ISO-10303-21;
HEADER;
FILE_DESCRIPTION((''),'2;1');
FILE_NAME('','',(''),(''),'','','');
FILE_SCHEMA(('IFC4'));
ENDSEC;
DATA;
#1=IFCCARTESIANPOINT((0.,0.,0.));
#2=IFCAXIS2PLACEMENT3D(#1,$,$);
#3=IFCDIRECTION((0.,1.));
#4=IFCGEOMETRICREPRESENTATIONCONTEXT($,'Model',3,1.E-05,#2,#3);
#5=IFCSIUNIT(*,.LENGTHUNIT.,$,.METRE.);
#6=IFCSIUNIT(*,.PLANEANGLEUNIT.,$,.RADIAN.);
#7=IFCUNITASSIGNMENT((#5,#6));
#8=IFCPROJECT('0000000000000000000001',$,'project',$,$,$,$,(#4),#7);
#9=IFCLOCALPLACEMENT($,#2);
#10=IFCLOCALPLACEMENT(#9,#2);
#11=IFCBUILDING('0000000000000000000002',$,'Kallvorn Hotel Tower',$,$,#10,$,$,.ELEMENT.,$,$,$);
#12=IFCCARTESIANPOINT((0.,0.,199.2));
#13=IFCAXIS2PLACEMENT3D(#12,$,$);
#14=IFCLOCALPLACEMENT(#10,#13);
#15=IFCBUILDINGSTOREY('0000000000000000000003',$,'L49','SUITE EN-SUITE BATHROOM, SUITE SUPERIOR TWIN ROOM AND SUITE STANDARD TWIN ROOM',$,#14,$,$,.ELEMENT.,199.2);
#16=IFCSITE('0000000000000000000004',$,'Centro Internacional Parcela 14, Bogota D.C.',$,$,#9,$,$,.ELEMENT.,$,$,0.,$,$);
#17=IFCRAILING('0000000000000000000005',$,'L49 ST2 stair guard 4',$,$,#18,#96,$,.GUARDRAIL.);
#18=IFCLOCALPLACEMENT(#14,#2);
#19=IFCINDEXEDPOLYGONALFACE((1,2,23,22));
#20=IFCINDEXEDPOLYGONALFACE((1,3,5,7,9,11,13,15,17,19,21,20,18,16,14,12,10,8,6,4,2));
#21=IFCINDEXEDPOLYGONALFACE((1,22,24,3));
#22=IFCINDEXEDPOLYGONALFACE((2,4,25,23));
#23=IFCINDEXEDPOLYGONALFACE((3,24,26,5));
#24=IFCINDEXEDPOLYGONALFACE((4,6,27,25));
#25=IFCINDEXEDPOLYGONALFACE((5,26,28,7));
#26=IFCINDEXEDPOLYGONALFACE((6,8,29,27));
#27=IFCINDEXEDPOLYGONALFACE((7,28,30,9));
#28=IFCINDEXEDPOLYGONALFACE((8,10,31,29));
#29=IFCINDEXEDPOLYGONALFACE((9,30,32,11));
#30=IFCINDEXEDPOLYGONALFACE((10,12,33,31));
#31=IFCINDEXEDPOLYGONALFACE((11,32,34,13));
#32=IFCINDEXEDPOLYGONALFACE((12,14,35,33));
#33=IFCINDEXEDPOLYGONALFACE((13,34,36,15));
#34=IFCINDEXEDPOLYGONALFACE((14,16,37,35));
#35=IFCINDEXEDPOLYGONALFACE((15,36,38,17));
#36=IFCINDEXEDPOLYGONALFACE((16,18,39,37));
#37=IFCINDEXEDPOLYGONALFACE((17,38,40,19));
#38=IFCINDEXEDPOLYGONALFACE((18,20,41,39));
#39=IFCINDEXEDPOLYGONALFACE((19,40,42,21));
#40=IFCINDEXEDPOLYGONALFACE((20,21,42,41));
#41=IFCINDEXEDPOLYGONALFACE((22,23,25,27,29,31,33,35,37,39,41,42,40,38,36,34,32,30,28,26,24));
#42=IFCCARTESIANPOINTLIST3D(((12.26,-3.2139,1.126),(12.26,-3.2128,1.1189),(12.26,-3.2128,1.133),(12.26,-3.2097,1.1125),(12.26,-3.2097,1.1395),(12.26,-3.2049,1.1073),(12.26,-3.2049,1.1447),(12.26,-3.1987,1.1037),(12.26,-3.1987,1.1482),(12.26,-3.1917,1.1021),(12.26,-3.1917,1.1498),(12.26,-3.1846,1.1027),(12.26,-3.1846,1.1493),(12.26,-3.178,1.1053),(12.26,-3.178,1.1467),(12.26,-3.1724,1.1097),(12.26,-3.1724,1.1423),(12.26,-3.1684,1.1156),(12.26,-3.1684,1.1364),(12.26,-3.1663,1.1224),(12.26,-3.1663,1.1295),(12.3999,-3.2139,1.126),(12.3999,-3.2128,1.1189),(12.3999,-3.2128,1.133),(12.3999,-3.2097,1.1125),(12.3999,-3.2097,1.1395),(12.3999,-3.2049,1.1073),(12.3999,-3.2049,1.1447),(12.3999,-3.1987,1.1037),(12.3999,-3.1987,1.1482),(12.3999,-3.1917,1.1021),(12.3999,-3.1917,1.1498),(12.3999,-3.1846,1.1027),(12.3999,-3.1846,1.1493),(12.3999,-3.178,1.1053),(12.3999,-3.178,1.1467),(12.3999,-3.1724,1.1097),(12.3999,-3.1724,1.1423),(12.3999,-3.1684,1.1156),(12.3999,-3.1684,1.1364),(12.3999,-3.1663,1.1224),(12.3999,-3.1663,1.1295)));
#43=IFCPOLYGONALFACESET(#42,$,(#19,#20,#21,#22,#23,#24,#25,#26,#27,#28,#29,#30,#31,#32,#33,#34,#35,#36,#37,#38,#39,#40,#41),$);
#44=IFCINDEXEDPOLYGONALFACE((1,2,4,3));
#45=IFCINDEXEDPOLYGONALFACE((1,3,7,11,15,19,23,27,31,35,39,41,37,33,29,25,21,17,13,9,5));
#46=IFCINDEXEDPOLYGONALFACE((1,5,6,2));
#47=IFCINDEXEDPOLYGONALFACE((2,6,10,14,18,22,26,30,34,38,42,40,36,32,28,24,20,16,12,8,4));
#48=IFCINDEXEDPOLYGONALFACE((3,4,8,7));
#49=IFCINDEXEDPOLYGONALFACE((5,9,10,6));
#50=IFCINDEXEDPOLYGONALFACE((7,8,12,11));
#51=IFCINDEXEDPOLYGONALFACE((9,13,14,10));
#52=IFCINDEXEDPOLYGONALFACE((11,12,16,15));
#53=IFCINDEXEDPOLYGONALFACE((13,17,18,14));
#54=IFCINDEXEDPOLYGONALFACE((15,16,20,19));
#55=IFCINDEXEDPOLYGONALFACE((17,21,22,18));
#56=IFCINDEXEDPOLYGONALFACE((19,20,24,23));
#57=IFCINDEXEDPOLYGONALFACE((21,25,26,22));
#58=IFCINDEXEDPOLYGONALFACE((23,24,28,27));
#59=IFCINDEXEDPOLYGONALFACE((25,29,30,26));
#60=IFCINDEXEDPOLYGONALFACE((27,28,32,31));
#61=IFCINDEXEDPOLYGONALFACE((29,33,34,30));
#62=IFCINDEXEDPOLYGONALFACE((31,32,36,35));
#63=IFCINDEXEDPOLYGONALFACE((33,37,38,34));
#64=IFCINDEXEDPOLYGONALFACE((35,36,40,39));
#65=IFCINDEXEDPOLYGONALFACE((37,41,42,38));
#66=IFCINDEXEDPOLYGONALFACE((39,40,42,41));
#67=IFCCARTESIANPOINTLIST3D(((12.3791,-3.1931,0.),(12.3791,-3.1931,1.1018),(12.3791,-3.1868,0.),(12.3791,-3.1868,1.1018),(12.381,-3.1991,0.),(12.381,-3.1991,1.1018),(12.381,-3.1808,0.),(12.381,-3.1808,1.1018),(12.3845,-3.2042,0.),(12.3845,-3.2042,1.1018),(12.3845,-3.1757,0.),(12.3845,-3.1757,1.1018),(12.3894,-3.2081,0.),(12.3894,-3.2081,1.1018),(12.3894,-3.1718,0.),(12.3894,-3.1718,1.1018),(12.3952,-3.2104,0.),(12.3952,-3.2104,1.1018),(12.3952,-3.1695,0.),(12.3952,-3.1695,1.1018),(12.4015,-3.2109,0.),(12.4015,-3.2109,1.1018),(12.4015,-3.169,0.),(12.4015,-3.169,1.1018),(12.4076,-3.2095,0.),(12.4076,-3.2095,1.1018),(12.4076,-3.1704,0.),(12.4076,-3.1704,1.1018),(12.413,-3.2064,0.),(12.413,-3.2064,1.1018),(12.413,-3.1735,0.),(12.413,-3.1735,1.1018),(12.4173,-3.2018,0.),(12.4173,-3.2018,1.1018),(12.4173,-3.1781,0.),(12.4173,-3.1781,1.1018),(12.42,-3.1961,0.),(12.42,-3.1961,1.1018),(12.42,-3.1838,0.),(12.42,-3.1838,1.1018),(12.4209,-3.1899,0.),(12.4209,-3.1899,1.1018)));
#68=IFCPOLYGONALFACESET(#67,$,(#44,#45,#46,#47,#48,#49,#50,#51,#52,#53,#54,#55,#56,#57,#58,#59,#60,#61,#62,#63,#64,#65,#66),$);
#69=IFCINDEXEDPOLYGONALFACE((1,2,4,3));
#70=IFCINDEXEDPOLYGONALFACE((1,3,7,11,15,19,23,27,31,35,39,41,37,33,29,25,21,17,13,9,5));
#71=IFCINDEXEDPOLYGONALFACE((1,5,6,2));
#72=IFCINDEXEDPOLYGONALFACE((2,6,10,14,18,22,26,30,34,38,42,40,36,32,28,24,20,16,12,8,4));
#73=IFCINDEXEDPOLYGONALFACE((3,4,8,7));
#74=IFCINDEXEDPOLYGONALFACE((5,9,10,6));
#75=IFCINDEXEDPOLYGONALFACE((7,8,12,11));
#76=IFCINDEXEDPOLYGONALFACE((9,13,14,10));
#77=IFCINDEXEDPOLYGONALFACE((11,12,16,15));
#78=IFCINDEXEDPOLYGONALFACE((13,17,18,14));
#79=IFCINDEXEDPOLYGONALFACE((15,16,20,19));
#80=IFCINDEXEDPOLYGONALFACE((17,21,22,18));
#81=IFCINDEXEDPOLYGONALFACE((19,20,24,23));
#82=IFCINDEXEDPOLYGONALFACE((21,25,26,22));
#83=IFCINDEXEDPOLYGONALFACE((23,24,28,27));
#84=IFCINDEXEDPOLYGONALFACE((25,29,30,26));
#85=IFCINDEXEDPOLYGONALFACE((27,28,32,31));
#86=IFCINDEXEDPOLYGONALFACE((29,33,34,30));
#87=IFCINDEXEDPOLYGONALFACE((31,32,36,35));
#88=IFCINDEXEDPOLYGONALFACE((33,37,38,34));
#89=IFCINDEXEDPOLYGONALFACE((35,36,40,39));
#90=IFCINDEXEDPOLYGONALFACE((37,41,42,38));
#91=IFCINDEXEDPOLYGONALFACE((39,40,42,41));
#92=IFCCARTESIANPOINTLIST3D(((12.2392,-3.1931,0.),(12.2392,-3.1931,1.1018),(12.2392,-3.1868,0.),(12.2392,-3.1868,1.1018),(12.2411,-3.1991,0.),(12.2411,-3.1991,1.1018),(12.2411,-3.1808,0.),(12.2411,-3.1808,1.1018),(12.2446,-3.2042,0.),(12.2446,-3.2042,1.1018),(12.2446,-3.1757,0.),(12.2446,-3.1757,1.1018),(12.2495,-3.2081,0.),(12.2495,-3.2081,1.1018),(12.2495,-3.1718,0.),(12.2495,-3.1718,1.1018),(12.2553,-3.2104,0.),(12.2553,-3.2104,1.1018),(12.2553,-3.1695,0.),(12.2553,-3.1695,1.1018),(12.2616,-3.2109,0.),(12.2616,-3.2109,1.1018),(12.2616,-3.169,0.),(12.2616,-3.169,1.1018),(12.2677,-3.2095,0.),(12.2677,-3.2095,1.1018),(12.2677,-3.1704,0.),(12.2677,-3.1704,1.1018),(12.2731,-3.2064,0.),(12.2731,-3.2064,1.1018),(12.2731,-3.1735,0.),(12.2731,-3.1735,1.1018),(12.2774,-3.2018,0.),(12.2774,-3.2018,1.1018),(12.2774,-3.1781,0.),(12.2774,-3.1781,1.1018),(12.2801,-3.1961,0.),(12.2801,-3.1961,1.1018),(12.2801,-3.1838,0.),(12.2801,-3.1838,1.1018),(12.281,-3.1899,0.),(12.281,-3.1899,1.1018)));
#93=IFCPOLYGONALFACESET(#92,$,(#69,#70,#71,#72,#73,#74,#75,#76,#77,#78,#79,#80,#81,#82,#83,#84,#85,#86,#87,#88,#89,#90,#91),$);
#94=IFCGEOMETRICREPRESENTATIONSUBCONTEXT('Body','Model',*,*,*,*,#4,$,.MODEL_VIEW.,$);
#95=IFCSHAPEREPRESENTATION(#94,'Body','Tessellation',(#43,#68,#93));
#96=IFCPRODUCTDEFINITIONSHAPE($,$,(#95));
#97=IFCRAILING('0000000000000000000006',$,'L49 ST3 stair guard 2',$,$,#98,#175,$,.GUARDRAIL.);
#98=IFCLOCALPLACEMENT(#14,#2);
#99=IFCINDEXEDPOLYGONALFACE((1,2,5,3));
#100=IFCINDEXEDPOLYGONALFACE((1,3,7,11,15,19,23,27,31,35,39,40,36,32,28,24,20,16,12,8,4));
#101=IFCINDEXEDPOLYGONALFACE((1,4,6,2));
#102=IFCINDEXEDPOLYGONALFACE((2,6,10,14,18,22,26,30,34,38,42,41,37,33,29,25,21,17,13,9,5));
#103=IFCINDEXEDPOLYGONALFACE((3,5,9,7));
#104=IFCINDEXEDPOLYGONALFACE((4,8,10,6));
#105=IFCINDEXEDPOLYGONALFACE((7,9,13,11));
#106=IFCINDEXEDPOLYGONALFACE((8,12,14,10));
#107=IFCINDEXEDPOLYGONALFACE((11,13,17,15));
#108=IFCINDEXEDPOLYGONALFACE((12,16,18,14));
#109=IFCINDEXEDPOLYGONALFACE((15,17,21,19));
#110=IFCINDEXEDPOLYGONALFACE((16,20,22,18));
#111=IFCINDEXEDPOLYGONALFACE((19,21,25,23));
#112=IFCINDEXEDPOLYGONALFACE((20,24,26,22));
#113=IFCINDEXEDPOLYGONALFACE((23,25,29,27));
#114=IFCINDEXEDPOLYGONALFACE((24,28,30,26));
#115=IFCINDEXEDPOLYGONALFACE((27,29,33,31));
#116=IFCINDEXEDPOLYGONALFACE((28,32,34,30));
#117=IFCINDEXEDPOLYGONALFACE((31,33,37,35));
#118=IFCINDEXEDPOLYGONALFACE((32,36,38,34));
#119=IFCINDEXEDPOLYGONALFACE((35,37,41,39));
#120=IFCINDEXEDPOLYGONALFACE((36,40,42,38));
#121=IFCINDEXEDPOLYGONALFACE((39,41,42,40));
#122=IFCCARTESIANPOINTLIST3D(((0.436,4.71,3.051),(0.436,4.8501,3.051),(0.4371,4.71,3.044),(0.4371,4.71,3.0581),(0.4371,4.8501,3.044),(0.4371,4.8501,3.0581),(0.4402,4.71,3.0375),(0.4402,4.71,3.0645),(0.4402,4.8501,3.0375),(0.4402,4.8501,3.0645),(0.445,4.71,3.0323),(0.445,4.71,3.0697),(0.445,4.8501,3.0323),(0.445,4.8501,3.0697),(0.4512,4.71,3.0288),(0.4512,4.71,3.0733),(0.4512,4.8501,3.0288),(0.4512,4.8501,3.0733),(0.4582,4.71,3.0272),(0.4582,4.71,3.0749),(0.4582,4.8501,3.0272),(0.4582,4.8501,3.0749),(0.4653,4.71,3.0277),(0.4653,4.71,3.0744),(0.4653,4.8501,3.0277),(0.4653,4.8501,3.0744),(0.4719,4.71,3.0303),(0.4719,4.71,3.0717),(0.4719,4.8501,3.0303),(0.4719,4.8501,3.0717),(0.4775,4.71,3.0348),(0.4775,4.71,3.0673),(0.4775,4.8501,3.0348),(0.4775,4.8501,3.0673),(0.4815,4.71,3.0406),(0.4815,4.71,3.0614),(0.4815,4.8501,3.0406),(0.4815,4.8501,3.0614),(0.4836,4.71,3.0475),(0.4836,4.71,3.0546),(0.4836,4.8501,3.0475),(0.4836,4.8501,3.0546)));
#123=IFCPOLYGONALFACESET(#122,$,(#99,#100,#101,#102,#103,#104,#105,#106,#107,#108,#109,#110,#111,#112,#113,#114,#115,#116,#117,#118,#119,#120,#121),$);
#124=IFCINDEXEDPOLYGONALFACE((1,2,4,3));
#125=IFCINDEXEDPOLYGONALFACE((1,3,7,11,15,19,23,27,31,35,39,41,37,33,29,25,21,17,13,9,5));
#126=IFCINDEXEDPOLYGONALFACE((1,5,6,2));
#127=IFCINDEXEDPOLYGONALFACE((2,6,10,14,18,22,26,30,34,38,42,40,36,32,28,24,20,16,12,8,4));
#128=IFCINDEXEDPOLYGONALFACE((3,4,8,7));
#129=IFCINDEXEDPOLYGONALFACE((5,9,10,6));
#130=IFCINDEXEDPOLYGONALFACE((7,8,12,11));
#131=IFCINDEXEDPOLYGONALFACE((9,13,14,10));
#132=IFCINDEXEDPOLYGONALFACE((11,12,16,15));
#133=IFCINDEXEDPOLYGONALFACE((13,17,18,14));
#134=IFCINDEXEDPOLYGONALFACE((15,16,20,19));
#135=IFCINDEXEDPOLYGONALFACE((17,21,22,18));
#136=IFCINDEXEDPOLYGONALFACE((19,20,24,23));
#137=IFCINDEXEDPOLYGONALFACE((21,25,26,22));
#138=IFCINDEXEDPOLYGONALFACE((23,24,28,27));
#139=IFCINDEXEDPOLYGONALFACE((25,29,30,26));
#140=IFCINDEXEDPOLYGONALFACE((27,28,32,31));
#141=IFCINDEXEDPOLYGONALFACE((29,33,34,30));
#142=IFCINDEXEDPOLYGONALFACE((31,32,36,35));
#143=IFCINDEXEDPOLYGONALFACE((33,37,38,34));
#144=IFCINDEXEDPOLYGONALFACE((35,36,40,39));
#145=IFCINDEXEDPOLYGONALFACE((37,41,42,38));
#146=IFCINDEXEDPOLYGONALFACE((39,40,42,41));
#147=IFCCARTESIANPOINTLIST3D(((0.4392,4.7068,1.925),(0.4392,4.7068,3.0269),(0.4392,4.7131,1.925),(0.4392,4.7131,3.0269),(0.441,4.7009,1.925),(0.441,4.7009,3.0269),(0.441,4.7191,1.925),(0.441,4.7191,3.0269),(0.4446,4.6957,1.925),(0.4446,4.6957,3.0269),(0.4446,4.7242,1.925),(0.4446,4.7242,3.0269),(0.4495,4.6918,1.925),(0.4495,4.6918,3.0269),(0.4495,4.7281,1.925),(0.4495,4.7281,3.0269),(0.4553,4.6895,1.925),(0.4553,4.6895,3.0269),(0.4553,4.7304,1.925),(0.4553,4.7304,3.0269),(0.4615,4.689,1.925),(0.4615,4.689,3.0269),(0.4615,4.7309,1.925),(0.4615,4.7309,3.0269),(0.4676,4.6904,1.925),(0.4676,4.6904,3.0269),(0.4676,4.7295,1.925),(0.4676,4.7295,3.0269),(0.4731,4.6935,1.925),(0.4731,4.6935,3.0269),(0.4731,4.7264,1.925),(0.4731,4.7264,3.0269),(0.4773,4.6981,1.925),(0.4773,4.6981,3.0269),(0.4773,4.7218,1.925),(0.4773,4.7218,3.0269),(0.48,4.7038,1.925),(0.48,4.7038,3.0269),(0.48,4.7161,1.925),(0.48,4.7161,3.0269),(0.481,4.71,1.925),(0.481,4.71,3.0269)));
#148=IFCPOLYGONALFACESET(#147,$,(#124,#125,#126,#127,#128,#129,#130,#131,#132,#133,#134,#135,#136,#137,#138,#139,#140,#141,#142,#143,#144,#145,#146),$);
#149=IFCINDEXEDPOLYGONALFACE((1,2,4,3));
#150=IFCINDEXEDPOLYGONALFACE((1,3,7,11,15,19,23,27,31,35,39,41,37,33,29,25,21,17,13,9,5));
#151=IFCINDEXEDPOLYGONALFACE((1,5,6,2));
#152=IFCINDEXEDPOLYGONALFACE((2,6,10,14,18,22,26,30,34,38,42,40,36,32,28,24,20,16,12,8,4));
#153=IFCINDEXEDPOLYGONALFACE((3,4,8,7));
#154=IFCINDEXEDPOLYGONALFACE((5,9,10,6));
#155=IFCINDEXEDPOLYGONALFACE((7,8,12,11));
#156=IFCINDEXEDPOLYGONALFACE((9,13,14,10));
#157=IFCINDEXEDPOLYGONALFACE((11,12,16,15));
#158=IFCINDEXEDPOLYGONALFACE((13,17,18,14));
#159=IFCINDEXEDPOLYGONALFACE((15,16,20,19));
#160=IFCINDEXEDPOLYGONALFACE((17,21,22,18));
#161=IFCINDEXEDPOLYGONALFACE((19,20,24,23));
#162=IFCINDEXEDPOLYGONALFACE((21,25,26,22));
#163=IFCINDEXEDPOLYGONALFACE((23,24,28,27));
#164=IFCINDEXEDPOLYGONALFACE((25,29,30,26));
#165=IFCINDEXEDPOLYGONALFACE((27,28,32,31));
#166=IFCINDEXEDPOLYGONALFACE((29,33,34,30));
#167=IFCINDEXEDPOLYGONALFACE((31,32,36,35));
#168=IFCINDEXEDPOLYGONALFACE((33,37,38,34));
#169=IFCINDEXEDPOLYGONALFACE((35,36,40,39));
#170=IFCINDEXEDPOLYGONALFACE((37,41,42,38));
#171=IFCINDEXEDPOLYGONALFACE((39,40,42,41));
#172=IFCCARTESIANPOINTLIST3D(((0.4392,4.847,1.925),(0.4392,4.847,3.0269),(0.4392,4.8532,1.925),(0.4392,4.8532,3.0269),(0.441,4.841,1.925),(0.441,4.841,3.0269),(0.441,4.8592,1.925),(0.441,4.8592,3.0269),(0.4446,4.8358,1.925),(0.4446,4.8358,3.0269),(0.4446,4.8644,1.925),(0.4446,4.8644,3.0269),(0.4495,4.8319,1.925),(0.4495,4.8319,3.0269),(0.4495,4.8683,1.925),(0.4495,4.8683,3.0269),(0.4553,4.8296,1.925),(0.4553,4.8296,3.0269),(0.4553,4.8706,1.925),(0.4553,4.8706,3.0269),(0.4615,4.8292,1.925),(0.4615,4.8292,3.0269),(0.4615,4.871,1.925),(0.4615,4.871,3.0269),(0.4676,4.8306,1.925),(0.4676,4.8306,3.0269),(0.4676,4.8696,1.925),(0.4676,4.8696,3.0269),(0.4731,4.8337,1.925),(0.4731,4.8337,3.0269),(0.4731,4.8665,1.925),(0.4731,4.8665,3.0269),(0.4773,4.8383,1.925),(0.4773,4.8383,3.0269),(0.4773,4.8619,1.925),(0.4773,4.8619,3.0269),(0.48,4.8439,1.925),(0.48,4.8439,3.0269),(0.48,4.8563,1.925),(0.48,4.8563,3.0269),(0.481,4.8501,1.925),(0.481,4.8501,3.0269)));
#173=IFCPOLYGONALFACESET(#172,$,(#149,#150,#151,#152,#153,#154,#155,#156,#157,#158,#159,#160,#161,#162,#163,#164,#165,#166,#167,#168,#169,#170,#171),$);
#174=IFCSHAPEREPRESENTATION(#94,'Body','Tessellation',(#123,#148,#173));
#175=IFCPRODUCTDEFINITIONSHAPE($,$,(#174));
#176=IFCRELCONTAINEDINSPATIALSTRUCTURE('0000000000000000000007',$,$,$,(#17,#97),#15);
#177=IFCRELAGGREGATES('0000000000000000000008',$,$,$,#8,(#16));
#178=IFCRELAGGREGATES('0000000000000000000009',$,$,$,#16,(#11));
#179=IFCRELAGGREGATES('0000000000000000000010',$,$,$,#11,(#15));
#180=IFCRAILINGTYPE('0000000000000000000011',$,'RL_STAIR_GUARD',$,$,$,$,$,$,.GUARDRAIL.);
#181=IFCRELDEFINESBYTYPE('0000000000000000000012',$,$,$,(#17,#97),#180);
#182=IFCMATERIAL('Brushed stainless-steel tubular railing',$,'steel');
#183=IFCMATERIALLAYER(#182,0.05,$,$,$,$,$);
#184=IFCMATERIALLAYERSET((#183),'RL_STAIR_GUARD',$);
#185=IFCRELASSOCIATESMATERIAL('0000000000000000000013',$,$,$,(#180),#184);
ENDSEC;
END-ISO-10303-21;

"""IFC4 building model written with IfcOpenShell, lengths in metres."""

from ifc_helpers import new_model, si_unit, direction, frame, origin, origin_2d, place, context, subcontext, project, spatial, circle, extrude, material, layer, layer_set, type_object, element, save


model = new_model("IFC4")

# Units and contexts
model_context = context("Model", 3, precision=1e-05, world=origin(), true_north=direction((0.0, 1.0)))
body_context = subcontext(model_context, "Body", "Model", "MODEL_VIEW")
ifc_project = project(units=[si_unit("LENGTHUNIT", "METRE"), si_unit("PLANEANGLEUNIT", "RADIAN")], contexts=[model_context])

# Site, building, storey
site_placement = place(None, origin())
site = spatial("IfcSite", under=ifc_project, at=site_placement, Name="Centro Internacional Parcela 14, Bogota D.C.", CompositionType="ELEMENT", RefElevation=0.0)
building_placement = place(site_placement, origin())
building = spatial("IfcBuilding", under=site, at=building_placement, Name="Kallvorn Hotel Tower", CompositionType="ELEMENT")
storey_placement = place(building_placement, frame((0.0, 0.0, 199.2)))
storey = spatial("IfcBuildingStorey", under=building, at=storey_placement, Name="L49", Description="SUITE EN-SUITE BATHROOM, SUITE SUPERIOR TWIN ROOM AND SUITE STANDARD TWIN ROOM", CompositionType="ELEMENT", Elevation=199.2)

# Railings
ifc_material_1 = material(Name="Brushed stainless-steel tubular railing", Category="steel")
ifc_layer_1 = layer(ifc_material_1, 0.05)
ifc_layer_set_1 = layer_set([ifc_layer_1], Name="RL_STAIR_GUARD")
railing_type_1 = type_object("IfcRailingType", Name="RL_STAIR_GUARD", PredefinedType="GUARDRAIL", material=ifc_layer_set_1)
railing_1_placement = place(storey_placement, frame((12.3999, -3.1899, 0.0)))
element("IfcRailing", 1, at=railing_1_placement, inside=storey, type_object=railing_type_1, Name="L49 ST2 stair guard 4", PredefinedType="GUARDRAIL", context=body_context, shape_type="SweptSolid", body=[
    extrude(circle(Radius=0.0239, at=origin_2d()), frame((0.0, 0.0, 1.126), z_axis=(-1.0, 0.0, 0.0), x_axis=(0.0, -1.0, 0.0)), (0.0, 0.0, 1.0), 0.1399),
    extrude(circle(Radius=0.021, at=origin_2d()), origin(), (0.0, 0.0, 1.0), 1.1018),
    extrude(circle(Radius=0.021, at=origin_2d()), frame((-0.1399, 0.0, 0.0)), (0.0, 0.0, 1.0), 1.1018),
])
railing_2_placement = place(storey_placement, frame((0.46, 4.71, 1.925)))
element("IfcRailing", 2, at=railing_2_placement, inside=storey, type_object=railing_type_1, Name="L49 ST3 stair guard 2", PredefinedType="GUARDRAIL", context=body_context, shape_type="SweptSolid", body=[
    extrude(circle(Radius=0.0239, at=origin_2d()), frame((0.0, 0.0, 1.126), z_axis=(0.0, 1.0, 0.0), x_axis=(-1.0, 0.0, 0.0)), (0.0, 0.0, 1.0), 0.1401),
    extrude(circle(Radius=0.021, at=origin_2d()), origin(), (0.0, 0.0, 1.0), 1.1018),
    extrude(circle(Radius=0.021, at=origin_2d()), frame((0.0, 0.1401, 0.0)), (0.0, 0.0, 1.0), 1.1018),
])

save(model, "model.ifc")
